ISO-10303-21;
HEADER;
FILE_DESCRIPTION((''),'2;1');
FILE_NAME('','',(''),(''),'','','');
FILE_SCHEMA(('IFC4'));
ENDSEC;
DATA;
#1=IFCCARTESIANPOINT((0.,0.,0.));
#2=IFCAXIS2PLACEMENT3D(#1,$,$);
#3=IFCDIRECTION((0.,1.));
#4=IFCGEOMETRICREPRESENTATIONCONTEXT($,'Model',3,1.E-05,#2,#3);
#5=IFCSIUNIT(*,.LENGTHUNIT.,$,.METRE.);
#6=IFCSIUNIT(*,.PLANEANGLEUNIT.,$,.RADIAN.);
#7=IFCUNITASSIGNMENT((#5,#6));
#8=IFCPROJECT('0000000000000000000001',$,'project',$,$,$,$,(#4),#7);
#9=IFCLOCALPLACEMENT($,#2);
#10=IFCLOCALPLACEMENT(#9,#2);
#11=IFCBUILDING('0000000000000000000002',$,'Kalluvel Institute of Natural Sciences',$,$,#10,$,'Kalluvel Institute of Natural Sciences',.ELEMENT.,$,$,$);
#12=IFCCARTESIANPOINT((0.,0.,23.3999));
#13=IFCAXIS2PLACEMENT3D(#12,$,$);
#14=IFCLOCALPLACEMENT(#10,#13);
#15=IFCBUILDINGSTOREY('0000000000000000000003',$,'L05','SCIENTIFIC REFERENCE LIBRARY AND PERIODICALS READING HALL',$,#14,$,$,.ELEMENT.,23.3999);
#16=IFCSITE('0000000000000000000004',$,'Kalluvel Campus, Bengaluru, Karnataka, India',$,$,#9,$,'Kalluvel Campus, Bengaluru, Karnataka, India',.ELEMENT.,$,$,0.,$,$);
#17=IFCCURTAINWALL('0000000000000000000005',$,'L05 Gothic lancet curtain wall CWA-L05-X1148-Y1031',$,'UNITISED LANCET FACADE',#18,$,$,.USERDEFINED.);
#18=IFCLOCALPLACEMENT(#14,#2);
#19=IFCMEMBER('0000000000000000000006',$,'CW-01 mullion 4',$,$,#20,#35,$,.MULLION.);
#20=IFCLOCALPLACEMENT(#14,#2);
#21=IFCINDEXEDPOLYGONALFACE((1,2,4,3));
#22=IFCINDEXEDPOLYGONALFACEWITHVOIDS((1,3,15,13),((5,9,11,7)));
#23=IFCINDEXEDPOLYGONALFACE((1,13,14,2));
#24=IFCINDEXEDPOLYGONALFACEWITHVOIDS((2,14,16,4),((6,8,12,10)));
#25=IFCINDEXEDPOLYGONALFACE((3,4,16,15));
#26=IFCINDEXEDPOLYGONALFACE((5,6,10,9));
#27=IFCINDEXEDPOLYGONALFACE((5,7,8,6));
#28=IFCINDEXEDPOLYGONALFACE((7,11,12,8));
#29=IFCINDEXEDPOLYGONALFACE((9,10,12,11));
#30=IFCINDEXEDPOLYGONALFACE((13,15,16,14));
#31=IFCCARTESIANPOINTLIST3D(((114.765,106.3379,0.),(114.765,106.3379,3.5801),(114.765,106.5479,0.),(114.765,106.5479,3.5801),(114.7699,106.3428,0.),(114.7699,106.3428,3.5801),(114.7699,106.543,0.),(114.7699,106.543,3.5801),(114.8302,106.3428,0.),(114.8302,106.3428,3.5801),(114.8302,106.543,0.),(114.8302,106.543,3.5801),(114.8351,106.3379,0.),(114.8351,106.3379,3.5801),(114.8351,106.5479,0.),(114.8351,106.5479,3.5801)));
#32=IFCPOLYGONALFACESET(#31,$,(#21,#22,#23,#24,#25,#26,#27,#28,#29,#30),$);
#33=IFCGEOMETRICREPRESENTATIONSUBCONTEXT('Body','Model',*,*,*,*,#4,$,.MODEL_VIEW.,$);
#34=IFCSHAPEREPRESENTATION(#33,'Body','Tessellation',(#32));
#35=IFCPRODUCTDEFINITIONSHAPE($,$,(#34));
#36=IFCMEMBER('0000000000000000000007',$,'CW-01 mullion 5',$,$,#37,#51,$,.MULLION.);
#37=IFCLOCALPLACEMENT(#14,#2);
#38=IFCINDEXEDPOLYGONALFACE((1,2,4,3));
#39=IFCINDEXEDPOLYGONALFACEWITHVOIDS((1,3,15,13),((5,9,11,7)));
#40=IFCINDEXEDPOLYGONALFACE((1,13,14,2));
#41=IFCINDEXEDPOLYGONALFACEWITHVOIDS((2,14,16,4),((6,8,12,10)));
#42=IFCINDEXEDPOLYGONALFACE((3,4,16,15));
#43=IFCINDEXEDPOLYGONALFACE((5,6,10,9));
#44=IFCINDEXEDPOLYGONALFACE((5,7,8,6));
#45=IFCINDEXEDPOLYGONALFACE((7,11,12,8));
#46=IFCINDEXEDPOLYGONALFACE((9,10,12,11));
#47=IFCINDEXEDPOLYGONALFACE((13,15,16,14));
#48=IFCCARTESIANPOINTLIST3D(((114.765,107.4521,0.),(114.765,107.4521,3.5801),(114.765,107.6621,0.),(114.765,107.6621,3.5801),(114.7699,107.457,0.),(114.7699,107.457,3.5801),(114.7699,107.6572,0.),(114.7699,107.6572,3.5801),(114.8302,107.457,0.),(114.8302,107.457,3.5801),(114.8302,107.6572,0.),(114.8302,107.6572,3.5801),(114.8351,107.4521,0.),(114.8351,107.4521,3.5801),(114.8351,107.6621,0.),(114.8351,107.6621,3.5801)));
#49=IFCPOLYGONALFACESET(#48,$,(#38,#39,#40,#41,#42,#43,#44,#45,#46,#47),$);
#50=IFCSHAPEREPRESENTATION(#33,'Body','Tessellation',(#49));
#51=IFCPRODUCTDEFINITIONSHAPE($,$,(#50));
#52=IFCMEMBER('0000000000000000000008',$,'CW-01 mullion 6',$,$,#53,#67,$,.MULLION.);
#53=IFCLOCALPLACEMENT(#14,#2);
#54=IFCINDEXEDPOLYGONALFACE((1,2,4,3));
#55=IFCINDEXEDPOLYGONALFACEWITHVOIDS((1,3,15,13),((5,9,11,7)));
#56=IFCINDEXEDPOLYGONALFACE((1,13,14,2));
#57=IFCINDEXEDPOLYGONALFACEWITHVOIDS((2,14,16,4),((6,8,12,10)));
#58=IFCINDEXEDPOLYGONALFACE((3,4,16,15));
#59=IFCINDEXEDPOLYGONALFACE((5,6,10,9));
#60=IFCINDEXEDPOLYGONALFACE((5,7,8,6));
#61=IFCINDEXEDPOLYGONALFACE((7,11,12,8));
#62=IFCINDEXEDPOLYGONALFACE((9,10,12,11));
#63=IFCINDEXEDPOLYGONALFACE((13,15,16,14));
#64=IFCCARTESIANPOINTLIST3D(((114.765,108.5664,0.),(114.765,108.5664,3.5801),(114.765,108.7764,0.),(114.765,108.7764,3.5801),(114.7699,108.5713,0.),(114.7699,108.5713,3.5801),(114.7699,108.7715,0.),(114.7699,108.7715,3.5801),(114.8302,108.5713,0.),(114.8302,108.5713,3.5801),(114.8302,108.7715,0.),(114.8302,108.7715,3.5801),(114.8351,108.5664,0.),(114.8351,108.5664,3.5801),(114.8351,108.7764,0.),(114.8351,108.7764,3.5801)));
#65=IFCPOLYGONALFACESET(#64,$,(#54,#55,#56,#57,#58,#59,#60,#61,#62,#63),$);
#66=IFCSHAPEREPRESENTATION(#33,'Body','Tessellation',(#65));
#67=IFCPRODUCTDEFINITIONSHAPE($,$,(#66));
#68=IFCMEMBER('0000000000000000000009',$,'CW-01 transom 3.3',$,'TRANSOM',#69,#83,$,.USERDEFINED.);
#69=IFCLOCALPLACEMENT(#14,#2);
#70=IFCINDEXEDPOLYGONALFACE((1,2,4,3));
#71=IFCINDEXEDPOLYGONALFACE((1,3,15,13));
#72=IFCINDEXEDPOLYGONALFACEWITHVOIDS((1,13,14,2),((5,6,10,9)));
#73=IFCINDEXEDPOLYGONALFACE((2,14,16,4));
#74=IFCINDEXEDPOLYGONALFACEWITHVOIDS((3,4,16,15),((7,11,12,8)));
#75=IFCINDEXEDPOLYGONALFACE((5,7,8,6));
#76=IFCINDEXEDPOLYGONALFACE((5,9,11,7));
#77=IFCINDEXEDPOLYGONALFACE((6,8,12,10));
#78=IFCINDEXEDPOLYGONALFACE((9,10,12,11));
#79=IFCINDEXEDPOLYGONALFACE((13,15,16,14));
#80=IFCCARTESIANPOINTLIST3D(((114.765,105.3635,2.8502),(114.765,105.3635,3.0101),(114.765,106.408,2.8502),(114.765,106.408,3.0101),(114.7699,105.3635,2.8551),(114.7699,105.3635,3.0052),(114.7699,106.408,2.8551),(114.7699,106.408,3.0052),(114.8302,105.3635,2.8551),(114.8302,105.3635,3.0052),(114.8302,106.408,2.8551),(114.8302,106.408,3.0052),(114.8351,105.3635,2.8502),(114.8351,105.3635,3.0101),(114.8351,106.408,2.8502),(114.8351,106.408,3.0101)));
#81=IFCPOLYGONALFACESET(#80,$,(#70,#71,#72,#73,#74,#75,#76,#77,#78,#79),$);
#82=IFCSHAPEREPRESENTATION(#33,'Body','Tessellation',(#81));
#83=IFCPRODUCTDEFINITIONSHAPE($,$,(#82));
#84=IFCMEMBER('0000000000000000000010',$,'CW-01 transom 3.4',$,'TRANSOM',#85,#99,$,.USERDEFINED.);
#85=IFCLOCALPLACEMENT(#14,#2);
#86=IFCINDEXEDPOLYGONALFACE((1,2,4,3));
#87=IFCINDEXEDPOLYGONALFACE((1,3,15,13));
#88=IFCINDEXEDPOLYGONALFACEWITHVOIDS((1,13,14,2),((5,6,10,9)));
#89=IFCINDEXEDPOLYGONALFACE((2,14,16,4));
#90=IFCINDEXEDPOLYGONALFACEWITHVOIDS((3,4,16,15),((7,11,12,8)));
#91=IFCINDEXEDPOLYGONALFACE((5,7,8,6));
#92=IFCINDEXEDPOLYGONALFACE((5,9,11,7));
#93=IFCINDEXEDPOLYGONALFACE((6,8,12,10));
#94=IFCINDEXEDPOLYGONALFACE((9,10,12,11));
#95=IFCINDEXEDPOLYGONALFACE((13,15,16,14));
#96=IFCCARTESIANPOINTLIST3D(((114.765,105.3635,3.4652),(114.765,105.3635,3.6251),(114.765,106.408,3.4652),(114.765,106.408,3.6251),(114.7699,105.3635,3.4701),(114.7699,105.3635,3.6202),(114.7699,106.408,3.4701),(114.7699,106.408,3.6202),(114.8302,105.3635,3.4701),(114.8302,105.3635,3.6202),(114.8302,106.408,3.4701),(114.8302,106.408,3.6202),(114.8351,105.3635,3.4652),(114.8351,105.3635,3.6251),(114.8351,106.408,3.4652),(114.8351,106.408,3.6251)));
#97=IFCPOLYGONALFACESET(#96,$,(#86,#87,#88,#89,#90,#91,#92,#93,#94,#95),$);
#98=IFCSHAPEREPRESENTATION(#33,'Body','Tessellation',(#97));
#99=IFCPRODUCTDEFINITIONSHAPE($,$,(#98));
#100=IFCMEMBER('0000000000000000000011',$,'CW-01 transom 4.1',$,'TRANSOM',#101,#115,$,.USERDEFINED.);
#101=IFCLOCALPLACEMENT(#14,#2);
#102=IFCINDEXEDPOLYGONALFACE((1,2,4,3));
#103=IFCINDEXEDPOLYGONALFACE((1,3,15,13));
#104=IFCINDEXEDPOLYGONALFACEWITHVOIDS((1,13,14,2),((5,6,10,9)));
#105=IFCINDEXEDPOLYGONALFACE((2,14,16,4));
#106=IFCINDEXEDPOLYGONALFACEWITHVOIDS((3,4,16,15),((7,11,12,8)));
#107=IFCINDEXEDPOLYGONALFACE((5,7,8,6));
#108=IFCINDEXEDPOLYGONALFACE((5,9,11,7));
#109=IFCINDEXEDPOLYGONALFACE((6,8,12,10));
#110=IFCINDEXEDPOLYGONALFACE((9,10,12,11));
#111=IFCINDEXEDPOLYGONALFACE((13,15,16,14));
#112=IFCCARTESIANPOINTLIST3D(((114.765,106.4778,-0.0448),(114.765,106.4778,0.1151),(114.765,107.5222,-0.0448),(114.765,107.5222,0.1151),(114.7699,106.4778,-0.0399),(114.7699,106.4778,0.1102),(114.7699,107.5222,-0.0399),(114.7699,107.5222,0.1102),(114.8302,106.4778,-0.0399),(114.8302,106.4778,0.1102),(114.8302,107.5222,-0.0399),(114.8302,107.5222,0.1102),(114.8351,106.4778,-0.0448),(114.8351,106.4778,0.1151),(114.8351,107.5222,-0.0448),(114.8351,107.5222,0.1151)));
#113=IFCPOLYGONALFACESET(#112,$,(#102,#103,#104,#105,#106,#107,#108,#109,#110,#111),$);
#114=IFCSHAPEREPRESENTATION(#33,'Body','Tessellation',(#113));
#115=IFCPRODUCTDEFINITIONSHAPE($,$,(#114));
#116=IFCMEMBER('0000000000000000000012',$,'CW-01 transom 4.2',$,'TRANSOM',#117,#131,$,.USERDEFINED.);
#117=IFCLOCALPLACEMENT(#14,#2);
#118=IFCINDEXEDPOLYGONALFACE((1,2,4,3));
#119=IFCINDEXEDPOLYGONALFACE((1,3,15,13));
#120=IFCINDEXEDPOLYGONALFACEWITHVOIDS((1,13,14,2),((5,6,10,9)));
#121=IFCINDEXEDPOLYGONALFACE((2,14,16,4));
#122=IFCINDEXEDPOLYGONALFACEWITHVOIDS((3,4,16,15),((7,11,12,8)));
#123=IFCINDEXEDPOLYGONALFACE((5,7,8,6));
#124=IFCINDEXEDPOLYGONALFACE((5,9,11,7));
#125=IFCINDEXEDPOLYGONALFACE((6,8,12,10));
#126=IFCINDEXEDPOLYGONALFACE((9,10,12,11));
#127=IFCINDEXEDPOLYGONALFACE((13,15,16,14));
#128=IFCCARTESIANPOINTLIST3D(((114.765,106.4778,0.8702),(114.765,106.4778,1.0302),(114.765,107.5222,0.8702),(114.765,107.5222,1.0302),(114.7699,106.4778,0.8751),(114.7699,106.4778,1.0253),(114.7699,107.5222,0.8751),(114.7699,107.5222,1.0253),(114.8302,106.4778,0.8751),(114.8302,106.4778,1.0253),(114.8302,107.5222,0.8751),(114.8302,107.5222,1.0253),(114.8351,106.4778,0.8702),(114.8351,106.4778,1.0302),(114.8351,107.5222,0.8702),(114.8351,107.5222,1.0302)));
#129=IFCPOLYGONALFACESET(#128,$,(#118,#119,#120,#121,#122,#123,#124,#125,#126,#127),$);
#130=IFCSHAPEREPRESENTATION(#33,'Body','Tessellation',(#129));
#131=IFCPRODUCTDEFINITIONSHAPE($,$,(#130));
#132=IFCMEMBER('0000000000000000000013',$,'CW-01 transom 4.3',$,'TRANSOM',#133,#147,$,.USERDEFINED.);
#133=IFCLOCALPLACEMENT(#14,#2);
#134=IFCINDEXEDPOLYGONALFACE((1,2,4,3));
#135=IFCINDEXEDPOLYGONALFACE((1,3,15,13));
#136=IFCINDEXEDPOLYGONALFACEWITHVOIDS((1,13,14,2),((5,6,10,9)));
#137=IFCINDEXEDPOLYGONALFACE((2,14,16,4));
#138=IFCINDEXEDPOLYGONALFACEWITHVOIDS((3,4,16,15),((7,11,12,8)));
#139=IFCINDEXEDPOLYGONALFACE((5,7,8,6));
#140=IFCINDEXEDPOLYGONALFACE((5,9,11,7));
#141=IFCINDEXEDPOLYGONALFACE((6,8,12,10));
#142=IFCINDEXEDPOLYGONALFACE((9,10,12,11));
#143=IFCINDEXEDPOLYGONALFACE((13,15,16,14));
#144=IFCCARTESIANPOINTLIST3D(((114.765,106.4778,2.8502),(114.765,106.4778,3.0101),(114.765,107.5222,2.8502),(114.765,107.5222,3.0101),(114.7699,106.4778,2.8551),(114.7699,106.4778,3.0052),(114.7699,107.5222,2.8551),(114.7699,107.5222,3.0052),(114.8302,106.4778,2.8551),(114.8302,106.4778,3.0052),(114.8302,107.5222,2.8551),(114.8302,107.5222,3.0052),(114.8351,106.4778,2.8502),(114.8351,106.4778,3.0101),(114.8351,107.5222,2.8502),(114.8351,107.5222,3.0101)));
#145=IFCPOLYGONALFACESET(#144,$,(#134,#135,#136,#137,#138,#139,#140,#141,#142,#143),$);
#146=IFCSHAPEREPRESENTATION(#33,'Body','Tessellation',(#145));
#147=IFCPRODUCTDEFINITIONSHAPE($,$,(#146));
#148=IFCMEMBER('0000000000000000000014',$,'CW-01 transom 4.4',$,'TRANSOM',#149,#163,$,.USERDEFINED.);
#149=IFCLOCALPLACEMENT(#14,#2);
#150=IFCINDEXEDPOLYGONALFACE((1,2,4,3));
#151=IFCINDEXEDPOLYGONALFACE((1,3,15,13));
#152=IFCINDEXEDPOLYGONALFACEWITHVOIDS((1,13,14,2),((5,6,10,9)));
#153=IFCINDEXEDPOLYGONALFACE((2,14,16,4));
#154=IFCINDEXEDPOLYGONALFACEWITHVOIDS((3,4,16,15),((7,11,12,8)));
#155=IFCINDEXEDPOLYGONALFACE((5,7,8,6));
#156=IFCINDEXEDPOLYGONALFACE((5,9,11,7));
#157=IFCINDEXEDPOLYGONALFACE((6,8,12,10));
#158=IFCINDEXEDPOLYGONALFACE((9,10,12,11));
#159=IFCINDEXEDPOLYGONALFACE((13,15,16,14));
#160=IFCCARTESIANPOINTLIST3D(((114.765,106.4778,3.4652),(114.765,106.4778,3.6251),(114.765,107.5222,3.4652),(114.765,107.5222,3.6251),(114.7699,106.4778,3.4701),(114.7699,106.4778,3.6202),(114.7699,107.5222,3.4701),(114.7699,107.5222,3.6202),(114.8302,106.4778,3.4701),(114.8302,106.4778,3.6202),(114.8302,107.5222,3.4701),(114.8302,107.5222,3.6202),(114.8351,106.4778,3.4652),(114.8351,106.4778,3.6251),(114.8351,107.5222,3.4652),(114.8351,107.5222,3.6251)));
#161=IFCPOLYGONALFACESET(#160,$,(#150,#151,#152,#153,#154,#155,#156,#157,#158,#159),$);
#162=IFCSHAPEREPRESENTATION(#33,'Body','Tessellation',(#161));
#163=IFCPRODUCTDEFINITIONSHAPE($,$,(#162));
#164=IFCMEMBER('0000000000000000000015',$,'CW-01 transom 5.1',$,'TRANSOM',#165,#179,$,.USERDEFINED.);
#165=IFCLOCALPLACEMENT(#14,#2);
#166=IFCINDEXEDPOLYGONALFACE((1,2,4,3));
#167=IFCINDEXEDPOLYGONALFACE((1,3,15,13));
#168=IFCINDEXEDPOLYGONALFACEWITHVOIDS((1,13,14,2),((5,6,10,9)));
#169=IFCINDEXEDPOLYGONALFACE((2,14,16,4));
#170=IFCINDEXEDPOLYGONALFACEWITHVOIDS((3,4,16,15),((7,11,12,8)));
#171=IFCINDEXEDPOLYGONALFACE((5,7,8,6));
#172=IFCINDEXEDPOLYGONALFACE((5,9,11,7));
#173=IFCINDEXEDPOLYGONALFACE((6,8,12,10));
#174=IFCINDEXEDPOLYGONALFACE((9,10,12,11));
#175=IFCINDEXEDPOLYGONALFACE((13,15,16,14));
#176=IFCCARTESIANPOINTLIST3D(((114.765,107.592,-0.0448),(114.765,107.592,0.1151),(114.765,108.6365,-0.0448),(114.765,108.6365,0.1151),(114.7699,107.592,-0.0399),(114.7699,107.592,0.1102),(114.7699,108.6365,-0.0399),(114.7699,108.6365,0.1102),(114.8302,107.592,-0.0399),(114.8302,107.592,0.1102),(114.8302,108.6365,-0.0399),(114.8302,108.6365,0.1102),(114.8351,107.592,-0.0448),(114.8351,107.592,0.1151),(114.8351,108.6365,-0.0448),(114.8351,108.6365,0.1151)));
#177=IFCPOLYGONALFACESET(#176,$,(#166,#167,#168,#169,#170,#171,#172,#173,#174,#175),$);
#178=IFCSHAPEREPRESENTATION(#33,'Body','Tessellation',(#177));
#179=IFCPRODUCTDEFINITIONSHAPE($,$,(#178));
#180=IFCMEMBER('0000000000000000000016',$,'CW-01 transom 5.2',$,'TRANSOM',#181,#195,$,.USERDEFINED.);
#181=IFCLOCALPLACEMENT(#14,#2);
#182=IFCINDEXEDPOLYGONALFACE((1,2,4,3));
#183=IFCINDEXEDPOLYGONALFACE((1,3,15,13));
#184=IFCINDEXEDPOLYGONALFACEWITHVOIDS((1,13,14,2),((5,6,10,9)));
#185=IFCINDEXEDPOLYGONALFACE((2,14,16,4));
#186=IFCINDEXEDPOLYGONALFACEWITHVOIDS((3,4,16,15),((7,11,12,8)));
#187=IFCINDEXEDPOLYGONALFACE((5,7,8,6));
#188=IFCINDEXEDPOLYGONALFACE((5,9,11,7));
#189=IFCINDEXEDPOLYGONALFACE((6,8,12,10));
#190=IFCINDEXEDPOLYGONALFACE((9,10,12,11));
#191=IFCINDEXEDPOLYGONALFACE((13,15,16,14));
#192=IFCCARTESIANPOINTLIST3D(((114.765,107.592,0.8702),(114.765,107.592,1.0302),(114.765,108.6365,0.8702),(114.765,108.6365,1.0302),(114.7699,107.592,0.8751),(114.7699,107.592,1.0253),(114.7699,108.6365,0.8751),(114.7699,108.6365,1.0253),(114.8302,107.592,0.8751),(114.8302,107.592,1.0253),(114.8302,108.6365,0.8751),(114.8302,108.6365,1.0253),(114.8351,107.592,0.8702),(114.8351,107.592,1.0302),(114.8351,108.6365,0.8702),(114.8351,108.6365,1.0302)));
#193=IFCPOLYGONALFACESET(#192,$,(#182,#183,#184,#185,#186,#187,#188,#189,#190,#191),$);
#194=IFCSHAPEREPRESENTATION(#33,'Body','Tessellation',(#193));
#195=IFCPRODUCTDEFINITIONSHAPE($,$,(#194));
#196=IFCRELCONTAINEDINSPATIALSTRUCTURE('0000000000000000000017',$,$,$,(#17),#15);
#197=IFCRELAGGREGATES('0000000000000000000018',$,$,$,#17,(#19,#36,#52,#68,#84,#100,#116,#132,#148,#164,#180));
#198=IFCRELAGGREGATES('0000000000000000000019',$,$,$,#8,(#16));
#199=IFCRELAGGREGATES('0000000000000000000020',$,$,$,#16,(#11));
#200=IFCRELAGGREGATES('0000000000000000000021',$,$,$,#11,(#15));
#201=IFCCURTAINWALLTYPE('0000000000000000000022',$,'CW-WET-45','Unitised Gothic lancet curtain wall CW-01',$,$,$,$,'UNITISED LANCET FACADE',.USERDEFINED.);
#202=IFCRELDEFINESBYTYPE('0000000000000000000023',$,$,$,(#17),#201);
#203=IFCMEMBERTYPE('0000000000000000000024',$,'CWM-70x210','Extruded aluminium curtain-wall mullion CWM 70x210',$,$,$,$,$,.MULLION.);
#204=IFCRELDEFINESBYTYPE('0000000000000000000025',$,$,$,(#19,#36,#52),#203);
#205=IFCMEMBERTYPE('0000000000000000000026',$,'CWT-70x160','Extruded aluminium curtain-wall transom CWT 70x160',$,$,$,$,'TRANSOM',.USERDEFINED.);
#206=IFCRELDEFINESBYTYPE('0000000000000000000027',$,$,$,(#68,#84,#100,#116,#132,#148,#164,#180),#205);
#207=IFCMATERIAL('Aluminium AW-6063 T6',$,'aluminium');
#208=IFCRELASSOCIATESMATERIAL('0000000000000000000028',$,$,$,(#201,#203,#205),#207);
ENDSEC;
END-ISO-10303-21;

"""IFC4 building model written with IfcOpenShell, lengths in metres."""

from ifc_helpers import new_model, si_unit, direction, frame, origin, origin_2d, place, context, subcontext, project, spatial, hollow_rectangle, extrude, material, material_profile, profile_set, type_object, element, aggregate, save


model = new_model("IFC4")

# Units and contexts
model_context = context("Model", 3, precision=1e-05, world=origin(), true_north=direction((0.0, 1.0)))
body_context = subcontext(model_context, "Body", "Model", "MODEL_VIEW")
ifc_project = project(units=[si_unit("LENGTHUNIT", "METRE"), si_unit("PLANEANGLEUNIT", "RADIAN")], contexts=[model_context])

# Site, building, storey
site_placement = place(None, origin())
site = spatial("IfcSite", under=ifc_project, at=site_placement, Name="Kalluvel Campus, Bengaluru, Karnataka, India", LongName="Kalluvel Campus, Bengaluru, Karnataka, India", CompositionType="ELEMENT", RefElevation=0.0)
building_placement = place(site_placement, origin())
building = spatial("IfcBuilding", under=site, at=building_placement, Name="Kalluvel Institute of Natural Sciences", LongName="Kalluvel Institute of Natural Sciences", CompositionType="ELEMENT")
storey_placement = place(building_placement, frame((0.0, 0.0, 23.3999)))
storey = spatial("IfcBuildingStorey", under=building, at=storey_placement, Name="L05", Description="SCIENTIFIC REFERENCE LIBRARY AND PERIODICALS READING HALL", CompositionType="ELEMENT", Elevation=23.3999)

# Curtain wall, members
ifc_material_1 = material(Name="Aluminium AW-6063 T6", Category="aluminium")
curtain_wall_type = type_object("IfcCurtainWallType", Name="CW-WET-45", Description="Unitised Gothic lancet curtain wall CW-01", ElementType="UNITISED LANCET FACADE", PredefinedType="USERDEFINED", material=ifc_material_1)
curtain_wall_placement = place(storey_placement, origin())
curtain_wall = element("IfcCurtainWall", 1, at=curtain_wall_placement, inside=storey, type_object=curtain_wall_type, Name="L05 Gothic lancet curtain wall CWA-L05-X1148-Y1031", ObjectType="UNITISED LANCET FACADE", PredefinedType="USERDEFINED")
ifc_material_profile_1 = material_profile(ifc_material_1, hollow_rectangle(XDim=0.0701, YDim=0.21, WallThickness=0.0049, at=origin_2d()), Name="CWM 70x210")
ifc_profile_set_1 = profile_set([ifc_material_profile_1], Name="Aluminium AW-6063 T6")
member_type_1 = type_object("IfcMemberType", Name="CWM-70x210", Description="Extruded aluminium curtain-wall mullion CWM 70x210", PredefinedType="MULLION", material=ifc_profile_set_1)
member_1_placement = place(storey_placement, frame((114.8, 106.4429, 0.0), z_axis=(0.0, 0.0, 1.0), x_axis=(-1.0, 0.0, 0.0)))
member_1 = element("IfcMember", 2, at=member_1_placement, type_object=member_type_1, Name="CW-01 mullion 4", PredefinedType="MULLION", context=body_context, shape_type="SweptSolid", body=[
    extrude(hollow_rectangle(XDim=0.0701, YDim=0.21, WallThickness=0.0049, at=origin_2d()), origin(), (0.0, 0.0, 1.0), 3.5801),
])
member_2_placement = place(storey_placement, frame((114.8, 107.5571, 0.0), z_axis=(0.0, 0.0, 1.0), x_axis=(-1.0, 0.0, 0.0)))
member_2 = element("IfcMember", 3, at=member_2_placement, type_object=member_type_1, Name="CW-01 mullion 5", PredefinedType="MULLION", context=body_context, shape_type="SweptSolid", body=[
    extrude(hollow_rectangle(XDim=0.0701, YDim=0.21, WallThickness=0.0049, at=origin_2d()), origin(), (0.0, 0.0, 1.0), 3.5801),
])
member_3_placement = place(storey_placement, frame((114.8, 108.6714, 0.0), z_axis=(0.0, 0.0, 1.0), x_axis=(-1.0, 0.0, 0.0)))
member_3 = element("IfcMember", 4, at=member_3_placement, type_object=member_type_1, Name="CW-01 mullion 6", PredefinedType="MULLION", context=body_context, shape_type="SweptSolid", body=[
    extrude(hollow_rectangle(XDim=0.0701, YDim=0.21, WallThickness=0.0049, at=origin_2d()), origin(), (0.0, 0.0, 1.0), 3.5801),
])
ifc_material_profile_2 = material_profile(ifc_material_1, hollow_rectangle(XDim=0.0701, YDim=0.1599, WallThickness=0.0049, at=origin_2d()), Name="CWT 70x160")
ifc_profile_set_2 = profile_set([ifc_material_profile_2], Name="Aluminium AW-6063 T6")
member_type_2 = type_object("IfcMemberType", Name="CWT-70x160", Description="Extruded aluminium curtain-wall transom CWT 70x160", ElementType="TRANSOM", PredefinedType="USERDEFINED", material=ifc_profile_set_2)
member_4_placement = place(storey_placement, frame((114.8, 105.3635, 2.9302), z_axis=(0.0, 1.0, 0.0), x_axis=(-1.0, 0.0, 0.0)))
member_4 = element("IfcMember", 5, at=member_4_placement, type_object=member_type_2, Name="CW-01 transom 3.3", ObjectType="TRANSOM", PredefinedType="USERDEFINED", context=body_context, shape_type="SweptSolid", body=[
    extrude(hollow_rectangle(XDim=0.0701, YDim=0.1599, WallThickness=0.0049, at=origin_2d()), origin(), (0.0, 0.0, 1.0), 1.0444),
])
member_5_placement = place(storey_placement, frame((114.8, 105.3635, 3.5452), z_axis=(0.0, 1.0, 0.0), x_axis=(-1.0, 0.0, 0.0)))
member_5 = element("IfcMember", 6, at=member_5_placement, type_object=member_type_2, Name="CW-01 transom 3.4", ObjectType="TRANSOM", PredefinedType="USERDEFINED", context=body_context, shape_type="SweptSolid", body=[
    extrude(hollow_rectangle(XDim=0.0701, YDim=0.1599, WallThickness=0.0049, at=origin_2d()), origin(), (0.0, 0.0, 1.0), 1.0444),
])
member_6_placement = place(storey_placement, frame((114.8, 106.4778, 0.0352), z_axis=(0.0, 1.0, 0.0), x_axis=(-1.0, 0.0, 0.0)))
member_6 = element("IfcMember", 7, at=member_6_placement, type_object=member_type_2, Name="CW-01 transom 4.1", ObjectType="TRANSOM", PredefinedType="USERDEFINED", context=body_context, shape_type="SweptSolid", body=[
    extrude(hollow_rectangle(XDim=0.0701, YDim=0.1599, WallThickness=0.0049, at=origin_2d()), origin(), (0.0, 0.0, 1.0), 1.0444),
])
member_7_placement = place(storey_placement, frame((114.8, 106.4778, 0.9502), z_axis=(0.0, 1.0, 0.0), x_axis=(-1.0, 0.0, 0.0)))
member_7 = element("IfcMember", 8, at=member_7_placement, type_object=member_type_2, Name="CW-01 transom 4.2", ObjectType="TRANSOM", PredefinedType="USERDEFINED", context=body_context, shape_type="SweptSolid", body=[
    extrude(hollow_rectangle(XDim=0.0701, YDim=0.1599, WallThickness=0.0049, at=origin_2d()), origin(), (0.0, 0.0, 1.0), 1.0444),
])
member_8_placement = place(storey_placement, frame((114.8, 106.4778, 2.9302), z_axis=(0.0, 1.0, 0.0), x_axis=(-1.0, 0.0, 0.0)))
member_8 = element("IfcMember", 9, at=member_8_placement, type_object=member_type_2, Name="CW-01 transom 4.3", ObjectType="TRANSOM", PredefinedType="USERDEFINED", context=body_context, shape_type="SweptSolid", body=[
    extrude(hollow_rectangle(XDim=0.0701, YDim=0.1599, WallThickness=0.0049, at=origin_2d()), origin(), (0.0, 0.0, 1.0), 1.0444),
])
member_9_placement = place(storey_placement, frame((114.8, 106.4778, 3.5452), z_axis=(0.0, 1.0, 0.0), x_axis=(-1.0, 0.0, 0.0)))
member_9 = element("IfcMember", 10, at=member_9_placement, type_object=member_type_2, Name="CW-01 transom 4.4", ObjectType="TRANSOM", PredefinedType="USERDEFINED", context=body_context, shape_type="SweptSolid", body=[
    extrude(hollow_rectangle(XDim=0.0701, YDim=0.1599, WallThickness=0.0049, at=origin_2d()), origin(), (0.0, 0.0, 1.0), 1.0444),
])
member_10_placement = place(storey_placement, frame((114.8, 107.592, 0.0352), z_axis=(0.0, 1.0, 0.0), x_axis=(-1.0, 0.0, 0.0)))
member_10 = element("IfcMember", 11, at=member_10_placement, type_object=member_type_2, Name="CW-01 transom 5.1", ObjectType="TRANSOM", PredefinedType="USERDEFINED", context=body_context, shape_type="SweptSolid", body=[
    extrude(hollow_rectangle(XDim=0.0701, YDim=0.1599, WallThickness=0.0049, at=origin_2d()), origin(), (0.0, 0.0, 1.0), 1.0444),
])
member_11_placement = place(storey_placement, frame((114.8, 107.592, 0.9502), z_axis=(0.0, 1.0, 0.0), x_axis=(-1.0, 0.0, 0.0)))
member_11 = element("IfcMember", 12, at=member_11_placement, type_object=member_type_2, Name="CW-01 transom 5.2", ObjectType="TRANSOM", PredefinedType="USERDEFINED", context=body_context, shape_type="SweptSolid", body=[
    extrude(hollow_rectangle(XDim=0.0701, YDim=0.1599, WallThickness=0.0049, at=origin_2d()), origin(), (0.0, 0.0, 1.0), 1.0444),
])
aggregate(curtain_wall, [member_1, member_2, member_3, member_4, member_5, member_6, member_7, member_8, member_9, member_10, member_11])

save(model, "model.ifc")
